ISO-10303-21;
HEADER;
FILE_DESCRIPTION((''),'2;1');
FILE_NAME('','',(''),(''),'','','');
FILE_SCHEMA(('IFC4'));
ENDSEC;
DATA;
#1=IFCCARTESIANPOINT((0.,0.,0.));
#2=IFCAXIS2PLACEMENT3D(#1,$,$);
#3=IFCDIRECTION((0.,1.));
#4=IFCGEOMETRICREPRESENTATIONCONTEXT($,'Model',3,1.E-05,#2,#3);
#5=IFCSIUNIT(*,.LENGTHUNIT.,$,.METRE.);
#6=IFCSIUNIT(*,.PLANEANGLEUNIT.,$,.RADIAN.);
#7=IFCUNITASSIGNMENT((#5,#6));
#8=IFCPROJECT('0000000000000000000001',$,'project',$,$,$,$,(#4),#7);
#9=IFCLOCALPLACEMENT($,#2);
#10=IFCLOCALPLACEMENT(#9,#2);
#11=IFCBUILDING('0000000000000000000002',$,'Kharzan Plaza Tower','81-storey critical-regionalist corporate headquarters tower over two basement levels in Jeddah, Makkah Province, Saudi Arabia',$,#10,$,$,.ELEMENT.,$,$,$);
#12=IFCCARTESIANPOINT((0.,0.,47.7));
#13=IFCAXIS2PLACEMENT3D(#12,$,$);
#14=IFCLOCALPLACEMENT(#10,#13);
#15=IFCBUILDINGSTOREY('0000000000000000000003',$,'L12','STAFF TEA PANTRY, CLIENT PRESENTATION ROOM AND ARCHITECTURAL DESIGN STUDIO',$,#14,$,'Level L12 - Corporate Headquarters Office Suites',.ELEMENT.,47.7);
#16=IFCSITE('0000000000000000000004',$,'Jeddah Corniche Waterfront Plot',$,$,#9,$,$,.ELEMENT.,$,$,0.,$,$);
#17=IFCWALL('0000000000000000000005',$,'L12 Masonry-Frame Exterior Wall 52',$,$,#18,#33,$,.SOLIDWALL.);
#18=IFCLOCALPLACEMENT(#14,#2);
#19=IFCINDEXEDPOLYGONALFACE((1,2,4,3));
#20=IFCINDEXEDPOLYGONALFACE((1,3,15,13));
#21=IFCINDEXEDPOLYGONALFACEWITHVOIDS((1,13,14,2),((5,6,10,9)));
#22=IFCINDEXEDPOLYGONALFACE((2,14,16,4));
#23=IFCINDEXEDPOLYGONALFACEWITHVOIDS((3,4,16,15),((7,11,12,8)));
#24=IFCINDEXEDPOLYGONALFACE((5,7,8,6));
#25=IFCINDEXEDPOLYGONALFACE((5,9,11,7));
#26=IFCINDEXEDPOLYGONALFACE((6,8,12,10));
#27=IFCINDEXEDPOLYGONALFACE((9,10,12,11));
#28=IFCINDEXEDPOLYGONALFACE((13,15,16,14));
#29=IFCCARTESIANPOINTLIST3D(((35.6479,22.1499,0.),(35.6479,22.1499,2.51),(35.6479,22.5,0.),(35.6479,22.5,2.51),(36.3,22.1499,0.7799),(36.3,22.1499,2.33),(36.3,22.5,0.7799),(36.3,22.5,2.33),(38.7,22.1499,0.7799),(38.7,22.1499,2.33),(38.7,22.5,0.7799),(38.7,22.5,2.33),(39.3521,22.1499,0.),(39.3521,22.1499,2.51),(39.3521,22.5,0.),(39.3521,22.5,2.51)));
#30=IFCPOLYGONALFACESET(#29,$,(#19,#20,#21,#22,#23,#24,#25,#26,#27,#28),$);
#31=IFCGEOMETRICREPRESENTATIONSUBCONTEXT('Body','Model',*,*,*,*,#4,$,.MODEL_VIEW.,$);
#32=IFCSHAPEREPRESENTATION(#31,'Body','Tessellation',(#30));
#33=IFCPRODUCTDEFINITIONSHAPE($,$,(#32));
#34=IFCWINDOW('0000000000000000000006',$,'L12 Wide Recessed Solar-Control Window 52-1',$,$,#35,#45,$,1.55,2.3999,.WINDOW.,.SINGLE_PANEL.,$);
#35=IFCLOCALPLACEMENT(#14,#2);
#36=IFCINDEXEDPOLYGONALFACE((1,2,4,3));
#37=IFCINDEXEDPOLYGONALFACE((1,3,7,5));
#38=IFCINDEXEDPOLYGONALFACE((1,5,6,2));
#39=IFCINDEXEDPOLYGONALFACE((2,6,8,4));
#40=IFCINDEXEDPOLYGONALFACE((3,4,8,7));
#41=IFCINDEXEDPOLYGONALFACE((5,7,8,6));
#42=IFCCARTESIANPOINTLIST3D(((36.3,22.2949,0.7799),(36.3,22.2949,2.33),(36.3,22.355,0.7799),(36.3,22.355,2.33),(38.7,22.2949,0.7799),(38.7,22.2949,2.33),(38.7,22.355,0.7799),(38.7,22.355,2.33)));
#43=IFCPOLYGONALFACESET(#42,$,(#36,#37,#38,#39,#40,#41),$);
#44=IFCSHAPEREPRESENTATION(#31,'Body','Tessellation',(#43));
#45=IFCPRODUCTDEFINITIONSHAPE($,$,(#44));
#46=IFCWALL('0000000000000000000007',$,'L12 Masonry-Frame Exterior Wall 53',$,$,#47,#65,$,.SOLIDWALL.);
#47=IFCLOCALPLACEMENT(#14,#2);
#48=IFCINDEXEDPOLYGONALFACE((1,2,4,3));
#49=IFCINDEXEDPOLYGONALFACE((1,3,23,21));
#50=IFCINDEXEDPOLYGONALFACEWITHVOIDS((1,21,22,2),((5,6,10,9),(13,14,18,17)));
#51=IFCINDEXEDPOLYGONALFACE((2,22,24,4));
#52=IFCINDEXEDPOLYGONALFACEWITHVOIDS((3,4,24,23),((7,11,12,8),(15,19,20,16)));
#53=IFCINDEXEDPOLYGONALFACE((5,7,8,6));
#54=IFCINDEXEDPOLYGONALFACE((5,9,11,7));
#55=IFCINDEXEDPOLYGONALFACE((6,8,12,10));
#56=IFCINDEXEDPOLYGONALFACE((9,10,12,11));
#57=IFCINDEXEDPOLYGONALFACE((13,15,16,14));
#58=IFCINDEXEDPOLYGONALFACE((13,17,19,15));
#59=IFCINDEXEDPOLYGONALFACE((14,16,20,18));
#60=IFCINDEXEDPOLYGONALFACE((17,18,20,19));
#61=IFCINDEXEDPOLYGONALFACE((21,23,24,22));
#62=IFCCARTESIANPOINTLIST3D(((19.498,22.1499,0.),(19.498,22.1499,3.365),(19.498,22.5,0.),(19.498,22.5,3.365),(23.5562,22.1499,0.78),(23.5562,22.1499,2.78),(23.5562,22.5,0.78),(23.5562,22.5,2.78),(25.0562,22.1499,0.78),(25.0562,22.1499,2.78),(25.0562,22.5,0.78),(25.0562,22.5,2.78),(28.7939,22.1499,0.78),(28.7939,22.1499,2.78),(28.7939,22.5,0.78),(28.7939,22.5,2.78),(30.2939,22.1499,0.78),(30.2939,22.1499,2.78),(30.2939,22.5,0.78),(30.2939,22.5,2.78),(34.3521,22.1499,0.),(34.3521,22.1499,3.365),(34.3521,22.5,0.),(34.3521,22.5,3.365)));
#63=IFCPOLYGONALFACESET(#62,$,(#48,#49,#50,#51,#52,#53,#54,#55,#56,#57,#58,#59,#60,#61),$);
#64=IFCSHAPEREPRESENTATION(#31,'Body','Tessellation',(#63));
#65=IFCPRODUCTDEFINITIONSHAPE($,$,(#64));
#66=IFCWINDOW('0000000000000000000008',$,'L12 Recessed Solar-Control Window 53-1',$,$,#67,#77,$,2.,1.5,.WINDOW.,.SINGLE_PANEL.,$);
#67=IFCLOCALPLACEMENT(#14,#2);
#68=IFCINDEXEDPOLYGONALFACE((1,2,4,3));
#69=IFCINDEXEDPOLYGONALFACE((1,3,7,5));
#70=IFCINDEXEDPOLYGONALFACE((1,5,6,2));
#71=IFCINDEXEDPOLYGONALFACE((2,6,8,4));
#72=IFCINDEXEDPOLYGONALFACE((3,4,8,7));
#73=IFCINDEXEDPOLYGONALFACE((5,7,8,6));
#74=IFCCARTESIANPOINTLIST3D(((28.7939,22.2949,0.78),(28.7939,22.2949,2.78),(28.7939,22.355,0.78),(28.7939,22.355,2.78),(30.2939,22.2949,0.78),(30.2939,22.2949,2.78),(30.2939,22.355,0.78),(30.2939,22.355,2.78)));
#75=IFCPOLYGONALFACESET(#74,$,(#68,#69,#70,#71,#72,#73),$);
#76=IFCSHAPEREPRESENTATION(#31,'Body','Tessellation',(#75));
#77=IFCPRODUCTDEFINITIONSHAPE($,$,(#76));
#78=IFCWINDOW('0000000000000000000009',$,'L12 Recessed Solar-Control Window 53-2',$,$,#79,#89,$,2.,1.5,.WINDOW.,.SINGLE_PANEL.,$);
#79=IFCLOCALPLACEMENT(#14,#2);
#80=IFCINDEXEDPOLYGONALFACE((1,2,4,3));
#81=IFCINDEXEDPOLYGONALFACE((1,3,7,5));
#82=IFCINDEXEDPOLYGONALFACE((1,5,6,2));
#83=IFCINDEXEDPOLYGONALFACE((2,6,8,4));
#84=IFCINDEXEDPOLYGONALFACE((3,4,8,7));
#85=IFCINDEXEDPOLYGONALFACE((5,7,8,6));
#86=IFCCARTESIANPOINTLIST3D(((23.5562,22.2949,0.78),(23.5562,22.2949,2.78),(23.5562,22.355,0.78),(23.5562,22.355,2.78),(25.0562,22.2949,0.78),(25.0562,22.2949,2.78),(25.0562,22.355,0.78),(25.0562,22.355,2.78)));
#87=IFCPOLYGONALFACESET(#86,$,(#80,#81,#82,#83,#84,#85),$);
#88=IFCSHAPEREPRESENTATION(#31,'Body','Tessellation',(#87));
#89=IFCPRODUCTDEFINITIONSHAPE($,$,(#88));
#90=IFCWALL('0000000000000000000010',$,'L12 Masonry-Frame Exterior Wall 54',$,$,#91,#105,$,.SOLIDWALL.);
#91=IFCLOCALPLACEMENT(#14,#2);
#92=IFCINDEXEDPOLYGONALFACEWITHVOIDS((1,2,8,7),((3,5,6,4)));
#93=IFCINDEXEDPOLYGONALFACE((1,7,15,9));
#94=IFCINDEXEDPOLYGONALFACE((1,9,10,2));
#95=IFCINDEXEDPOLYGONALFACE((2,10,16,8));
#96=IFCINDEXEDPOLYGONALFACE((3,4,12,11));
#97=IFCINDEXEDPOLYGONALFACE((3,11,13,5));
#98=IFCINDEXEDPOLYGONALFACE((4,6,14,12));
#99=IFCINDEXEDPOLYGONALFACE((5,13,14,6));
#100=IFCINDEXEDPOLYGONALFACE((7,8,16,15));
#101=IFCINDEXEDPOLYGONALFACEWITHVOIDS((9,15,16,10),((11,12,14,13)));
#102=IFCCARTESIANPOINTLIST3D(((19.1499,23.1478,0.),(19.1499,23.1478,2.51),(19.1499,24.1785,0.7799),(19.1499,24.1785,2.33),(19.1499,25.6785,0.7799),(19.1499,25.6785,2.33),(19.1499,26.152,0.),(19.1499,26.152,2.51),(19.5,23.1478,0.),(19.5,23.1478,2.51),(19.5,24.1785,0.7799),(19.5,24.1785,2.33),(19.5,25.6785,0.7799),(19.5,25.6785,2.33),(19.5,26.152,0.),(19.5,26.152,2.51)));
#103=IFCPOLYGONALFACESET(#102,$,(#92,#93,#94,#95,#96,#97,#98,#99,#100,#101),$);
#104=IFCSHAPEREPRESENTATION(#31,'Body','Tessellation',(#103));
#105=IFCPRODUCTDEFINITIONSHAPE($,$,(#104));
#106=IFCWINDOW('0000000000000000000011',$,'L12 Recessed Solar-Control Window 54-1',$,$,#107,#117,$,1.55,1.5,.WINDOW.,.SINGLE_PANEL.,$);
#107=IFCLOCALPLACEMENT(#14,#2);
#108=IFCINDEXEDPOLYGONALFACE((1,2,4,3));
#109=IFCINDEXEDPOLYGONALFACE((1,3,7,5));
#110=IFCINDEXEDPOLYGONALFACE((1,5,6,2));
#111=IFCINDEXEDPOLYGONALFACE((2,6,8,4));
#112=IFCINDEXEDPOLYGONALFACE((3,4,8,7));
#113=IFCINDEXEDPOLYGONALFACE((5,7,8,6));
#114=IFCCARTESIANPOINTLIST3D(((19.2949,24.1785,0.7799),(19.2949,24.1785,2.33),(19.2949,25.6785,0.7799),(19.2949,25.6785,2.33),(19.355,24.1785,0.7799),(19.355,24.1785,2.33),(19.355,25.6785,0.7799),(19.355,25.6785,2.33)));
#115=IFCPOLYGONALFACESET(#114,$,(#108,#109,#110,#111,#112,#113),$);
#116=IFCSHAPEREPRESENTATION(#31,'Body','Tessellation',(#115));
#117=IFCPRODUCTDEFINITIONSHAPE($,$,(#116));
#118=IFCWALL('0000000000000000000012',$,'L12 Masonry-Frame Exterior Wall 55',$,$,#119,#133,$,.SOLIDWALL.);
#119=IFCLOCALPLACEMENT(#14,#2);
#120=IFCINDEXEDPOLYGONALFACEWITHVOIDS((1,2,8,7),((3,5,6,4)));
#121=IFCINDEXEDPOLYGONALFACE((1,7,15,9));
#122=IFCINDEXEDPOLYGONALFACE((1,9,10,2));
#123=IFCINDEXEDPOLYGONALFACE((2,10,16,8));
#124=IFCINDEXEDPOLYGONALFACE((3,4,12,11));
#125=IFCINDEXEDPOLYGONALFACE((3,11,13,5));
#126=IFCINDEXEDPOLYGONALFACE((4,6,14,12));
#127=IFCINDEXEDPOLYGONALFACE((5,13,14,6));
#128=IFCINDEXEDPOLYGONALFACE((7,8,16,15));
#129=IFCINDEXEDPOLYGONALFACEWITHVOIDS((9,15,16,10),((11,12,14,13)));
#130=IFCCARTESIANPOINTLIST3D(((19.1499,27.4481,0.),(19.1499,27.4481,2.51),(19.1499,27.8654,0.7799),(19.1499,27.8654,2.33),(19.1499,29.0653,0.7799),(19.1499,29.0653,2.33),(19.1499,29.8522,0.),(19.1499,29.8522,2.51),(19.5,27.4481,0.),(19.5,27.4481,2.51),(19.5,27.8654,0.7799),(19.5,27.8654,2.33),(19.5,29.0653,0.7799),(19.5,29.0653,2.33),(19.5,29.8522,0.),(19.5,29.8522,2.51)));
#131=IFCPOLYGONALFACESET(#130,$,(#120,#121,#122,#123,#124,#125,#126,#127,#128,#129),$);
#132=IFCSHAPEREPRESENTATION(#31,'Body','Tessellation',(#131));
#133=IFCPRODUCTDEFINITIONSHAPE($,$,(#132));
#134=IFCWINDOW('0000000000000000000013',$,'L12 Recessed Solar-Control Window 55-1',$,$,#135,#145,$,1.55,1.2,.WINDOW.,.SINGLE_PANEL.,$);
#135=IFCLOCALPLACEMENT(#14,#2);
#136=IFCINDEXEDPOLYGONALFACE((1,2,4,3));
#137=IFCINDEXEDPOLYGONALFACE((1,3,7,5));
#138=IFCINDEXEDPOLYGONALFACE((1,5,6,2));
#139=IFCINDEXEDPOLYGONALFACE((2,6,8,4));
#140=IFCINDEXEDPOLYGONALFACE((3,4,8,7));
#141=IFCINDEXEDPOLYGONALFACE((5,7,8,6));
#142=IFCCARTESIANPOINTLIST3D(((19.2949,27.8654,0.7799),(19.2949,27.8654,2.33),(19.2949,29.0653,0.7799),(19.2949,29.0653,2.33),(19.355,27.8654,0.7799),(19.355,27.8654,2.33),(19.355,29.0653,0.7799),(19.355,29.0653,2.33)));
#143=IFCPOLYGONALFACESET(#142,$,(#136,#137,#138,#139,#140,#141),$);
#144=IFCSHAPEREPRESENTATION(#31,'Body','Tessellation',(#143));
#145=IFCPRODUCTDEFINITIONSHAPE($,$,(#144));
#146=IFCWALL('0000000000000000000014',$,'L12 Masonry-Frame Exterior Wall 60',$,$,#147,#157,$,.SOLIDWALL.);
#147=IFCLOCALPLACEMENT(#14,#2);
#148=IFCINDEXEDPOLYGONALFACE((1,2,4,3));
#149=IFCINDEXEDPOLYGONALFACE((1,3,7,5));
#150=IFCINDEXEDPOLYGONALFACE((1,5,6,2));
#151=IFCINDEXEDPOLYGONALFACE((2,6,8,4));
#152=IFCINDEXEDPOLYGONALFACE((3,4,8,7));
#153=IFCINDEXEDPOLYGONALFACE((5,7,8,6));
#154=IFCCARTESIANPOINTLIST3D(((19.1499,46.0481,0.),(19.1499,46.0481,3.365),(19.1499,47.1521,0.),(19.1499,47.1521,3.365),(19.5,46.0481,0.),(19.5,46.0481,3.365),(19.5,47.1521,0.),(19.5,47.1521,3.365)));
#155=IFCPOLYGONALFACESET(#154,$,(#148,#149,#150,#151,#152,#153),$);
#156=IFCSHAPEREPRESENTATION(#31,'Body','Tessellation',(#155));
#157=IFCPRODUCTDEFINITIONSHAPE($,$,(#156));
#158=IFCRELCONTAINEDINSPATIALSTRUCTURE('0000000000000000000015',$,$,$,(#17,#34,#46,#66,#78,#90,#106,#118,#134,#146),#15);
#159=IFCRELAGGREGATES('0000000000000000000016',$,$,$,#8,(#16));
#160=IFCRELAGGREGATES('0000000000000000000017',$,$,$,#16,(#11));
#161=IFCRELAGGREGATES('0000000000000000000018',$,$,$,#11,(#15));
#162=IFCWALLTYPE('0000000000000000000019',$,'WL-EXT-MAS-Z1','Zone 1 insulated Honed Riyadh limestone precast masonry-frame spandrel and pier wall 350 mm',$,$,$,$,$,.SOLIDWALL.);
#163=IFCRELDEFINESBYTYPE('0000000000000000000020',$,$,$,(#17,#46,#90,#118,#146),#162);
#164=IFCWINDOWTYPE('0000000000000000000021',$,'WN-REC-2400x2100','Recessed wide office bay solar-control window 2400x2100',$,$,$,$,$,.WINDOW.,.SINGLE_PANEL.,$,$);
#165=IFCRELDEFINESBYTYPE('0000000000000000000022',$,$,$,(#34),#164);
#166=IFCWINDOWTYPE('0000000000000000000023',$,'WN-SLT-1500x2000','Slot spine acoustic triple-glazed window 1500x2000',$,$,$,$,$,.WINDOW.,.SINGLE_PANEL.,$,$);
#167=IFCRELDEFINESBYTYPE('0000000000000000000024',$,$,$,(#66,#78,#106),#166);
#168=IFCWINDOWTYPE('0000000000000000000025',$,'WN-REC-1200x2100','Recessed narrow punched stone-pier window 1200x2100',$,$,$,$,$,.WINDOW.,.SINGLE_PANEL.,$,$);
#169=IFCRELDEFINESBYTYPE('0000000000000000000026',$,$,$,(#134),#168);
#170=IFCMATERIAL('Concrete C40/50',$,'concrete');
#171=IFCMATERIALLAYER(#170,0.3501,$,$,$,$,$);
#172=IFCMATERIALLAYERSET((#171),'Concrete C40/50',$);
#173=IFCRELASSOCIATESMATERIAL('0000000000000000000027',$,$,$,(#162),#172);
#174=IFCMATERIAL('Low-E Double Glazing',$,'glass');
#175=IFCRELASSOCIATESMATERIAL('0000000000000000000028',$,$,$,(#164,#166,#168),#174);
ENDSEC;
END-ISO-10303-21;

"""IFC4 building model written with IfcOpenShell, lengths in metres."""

from ifc_helpers import new_model, si_unit, direction, frame, frame_2d, origin, place, context, subcontext, project, spatial, rectangle, extrude, source, transform, mapped, material, layer, layer_set, type_object, element, fill, save


model = new_model("IFC4")

# Units and contexts
model_context = context("Model", 3, precision=1e-05, world=origin(), true_north=direction((0.0, 1.0)))
body_context = subcontext(model_context, "Body", "Model", "MODEL_VIEW")
ifc_project = project(units=[si_unit("LENGTHUNIT", "METRE"), si_unit("PLANEANGLEUNIT", "RADIAN")], contexts=[model_context])

# Site, building, storey
site_placement = place(None, origin())
site = spatial("IfcSite", under=ifc_project, at=site_placement, Name="Jeddah Corniche Waterfront Plot", CompositionType="ELEMENT", RefElevation=0.0)
building_placement = place(site_placement, origin())
building = spatial("IfcBuilding", under=site, at=building_placement, Name="Kharzan Plaza Tower", Description="81-storey critical-regionalist corporate headquarters tower over two basement levels in Jeddah, Makkah Province, Saudi Arabia", CompositionType="ELEMENT")
storey_placement = place(building_placement, frame((0.0, 0.0, 47.7)))
storey = spatial("IfcBuildingStorey", under=building, at=storey_placement, Name="L12", Description="STAFF TEA PANTRY, CLIENT PRESENTATION ROOM AND ARCHITECTURAL DESIGN STUDIO", LongName="Level L12 - Corporate Headquarters Office Suites", CompositionType="ELEMENT", Elevation=47.7)

# Wall, opening, window
ifc_material_1 = material(Name="Concrete C40/50", Category="concrete")
ifc_layer_1 = layer(ifc_material_1, 0.3501)
ifc_layer_set_1 = layer_set([ifc_layer_1], Name="Concrete C40/50")
wall_type_1 = type_object("IfcWallType", Name="WL-EXT-MAS-Z1", Description="Zone 1 insulated Honed Riyadh limestone precast masonry-frame spandrel and pier wall 350 mm", PredefinedType="SOLIDWALL", material=ifc_layer_set_1)
ifc_material_2 = material(Name="Low-E Double Glazing", Category="glass")
wall_1_placement = place(storey_placement, frame((39.3521, 22.325, 0.0), z_axis=(0.0, 0.0, 1.0), x_axis=(-1.0, 0.0, 0.0)))
wall_1 = element("IfcWall", 1, at=wall_1_placement, inside=storey, type_object=wall_type_1, Name="L12 Masonry-Frame Exterior Wall 52", PredefinedType="SOLIDWALL", context=body_context, shape_type="SweptSolid", body=[
    extrude(rectangle(XDim=3.7041, YDim=0.3501, at=frame_2d((1.8521, 0.0))), origin(), (0.0, 0.0, 1.0), 2.51),
])
opening_1_placement = place(wall_1_placement, frame((0.6521, 0.0, 0.78)))
opening_1 = element("IfcOpeningElement", 2, at=opening_1_placement, cuts=wall_1, PredefinedType="OPENING", context=body_context, shape_type="SweptSolid", body=[
    extrude(rectangle(XDim=2.3999, YDim=1.55, at=frame_2d((1.2, 0.7749))), frame((0.0, 0.1851, 0.0), z_axis=(0.0, -1.0, 0.0), x_axis=(1.0, 0.0, 0.0)), (0.0, 0.0, 1.0), 0.3701),
])
window_type_1 = type_object("IfcWindowType", Name="WN-REC-2400x2100", Description="Recessed wide office bay solar-control window 2400x2100", PartitioningType="SINGLE_PANEL", PredefinedType="WINDOW", material=ifc_material_2)
shared_shape_1 = source(origin(), body_context, "Body", "SweptSolid", [
    extrude(rectangle(XDim=2.3999, YDim=1.55, at=frame_2d((1.2, 0.7749))), frame((0.0, 0.03, 0.0), z_axis=(0.0, -1.0, 0.0), x_axis=(1.0, 0.0, 0.0)), (0.0, 0.0, 1.0), 0.0601),
])
window_1_placement = place(opening_1_placement, origin())
window_1 = element("IfcWindow", 3, at=window_1_placement, inside=storey, type_object=window_type_1, Name="L12 Wide Recessed Solar-Control Window 52-1", OverallHeight=1.55, OverallWidth=2.3999, PartitioningType="SINGLE_PANEL", PredefinedType="WINDOW", context=body_context, shape_type="MappedRepresentation", body=[
    mapped(shared_shape_1, transform((0.0, 0.0, 0.0), x_axis=(1.0, 0.0, 0.0), y_axis=(0.0, 1.0, 0.0), z_axis=(0.0, 0.0, 1.0))),
])
fill(opening_1, window_1)

# Wall, openings, windows
wall_2_placement = place(storey_placement, frame((34.3521, 22.325, 0.0), z_axis=(0.0, 0.0, 1.0), x_axis=(-1.0, 0.0, 0.0)))
wall_2 = element("IfcWall", 4, at=wall_2_placement, inside=storey, type_object=wall_type_1, Name="L12 Masonry-Frame Exterior Wall 53", PredefinedType="SOLIDWALL", context=body_context, shape_type="SweptSolid", body=[
    extrude(rectangle(XDim=14.854, YDim=0.3501, at=frame_2d((7.427, 0.0))), origin(), (0.0, 0.0, 1.0), 3.365),
])
opening_2_placement = place(wall_2_placement, frame((4.0581, 0.0, 0.78)))
opening_2 = element("IfcOpeningElement", 5, at=opening_2_placement, cuts=wall_2, PredefinedType="OPENING", context=body_context, shape_type="SweptSolid", body=[
    extrude(rectangle(XDim=1.5, YDim=2.0, at=frame_2d((0.75, 1.0))), frame((0.0, 0.1851, 0.0), z_axis=(0.0, -1.0, 0.0), x_axis=(1.0, 0.0, 0.0)), (0.0, 0.0, 1.0), 0.3701),
])
opening_3_placement = place(wall_2_placement, frame((9.2959, 0.0, 0.78)))
opening_3 = element("IfcOpeningElement", 6, at=opening_3_placement, cuts=wall_2, PredefinedType="OPENING", context=body_context, shape_type="SweptSolid", body=[
    extrude(rectangle(XDim=1.5, YDim=2.0, at=frame_2d((0.75, 1.0))), frame((0.0, 0.1851, 0.0), z_axis=(0.0, -1.0, 0.0), x_axis=(1.0, 0.0, 0.0)), (0.0, 0.0, 1.0), 0.3701),
])
window_type_2 = type_object("IfcWindowType", Name="WN-SLT-1500x2000", Description="Slot spine acoustic triple-glazed window 1500x2000", PartitioningType="SINGLE_PANEL", PredefinedType="WINDOW", material=ifc_material_2)
shared_shape_2 = source(origin(), body_context, "Body", "SweptSolid", [
    extrude(rectangle(XDim=1.5, YDim=2.0, at=frame_2d((0.75, 1.0))), frame((0.0, 0.03, 0.0), z_axis=(0.0, -1.0, 0.0), x_axis=(1.0, 0.0, 0.0)), (0.0, 0.0, 1.0), 0.0601),
])
window_2_placement = place(opening_2_placement, origin())
window_2 = element("IfcWindow", 7, at=window_2_placement, inside=storey, type_object=window_type_2, Name="L12 Recessed Solar-Control Window 53-1", OverallHeight=2.0, OverallWidth=1.5, PartitioningType="SINGLE_PANEL", PredefinedType="WINDOW", context=body_context, shape_type="MappedRepresentation", body=[
    mapped(shared_shape_2, transform((0.0, 0.0, 0.0), x_axis=(1.0, 0.0, 0.0), y_axis=(0.0, 1.0, 0.0), z_axis=(0.0, 0.0, 1.0))),
])
fill(opening_2, window_2)
window_3_placement = place(opening_3_placement, origin())
window_3 = element("IfcWindow", 8, at=window_3_placement, inside=storey, type_object=window_type_2, Name="L12 Recessed Solar-Control Window 53-2", OverallHeight=2.0, OverallWidth=1.5, PartitioningType="SINGLE_PANEL", PredefinedType="WINDOW", context=body_context, shape_type="MappedRepresentation", body=[
    mapped(shared_shape_2, transform((0.0, 0.0, 0.0), x_axis=(1.0, 0.0, 0.0), y_axis=(0.0, 1.0, 0.0), z_axis=(0.0, 0.0, 1.0))),
])
fill(opening_3, window_3)

# Walls, openings, windows
wall_3_placement = place(storey_placement, frame((19.325, 23.1479, 0.0), z_axis=(0.0, 0.0, 1.0), x_axis=(0.0, 1.0, 0.0)))
wall_3 = element("IfcWall", 9, at=wall_3_placement, inside=storey, type_object=wall_type_1, Name="L12 Masonry-Frame Exterior Wall 54", PredefinedType="SOLIDWALL", context=body_context, shape_type="SweptSolid", body=[
    extrude(rectangle(XDim=3.0042, YDim=0.3501, at=frame_2d((1.502, 0.0))), origin(), (0.0, 0.0, 1.0), 2.51),
])
opening_4_placement = place(wall_3_placement, frame((1.0305, 0.0, 0.78)))
opening_4 = element("IfcOpeningElement", 10, at=opening_4_placement, cuts=wall_3, PredefinedType="OPENING", context=body_context, shape_type="SweptSolid", body=[
    extrude(rectangle(XDim=1.5, YDim=1.55, at=frame_2d((0.75, 0.7749))), frame((0.0, 0.1851, 0.0), z_axis=(0.0, -1.0, 0.0), x_axis=(1.0, 0.0, 0.0)), (0.0, 0.0, 1.0), 0.3701),
])
shared_shape_3 = source(origin(), body_context, "Body", "SweptSolid", [
    extrude(rectangle(XDim=1.5, YDim=1.55, at=frame_2d((0.75, 0.7749))), frame((0.0, 0.03, 0.0), z_axis=(0.0, -1.0, 0.0), x_axis=(1.0, 0.0, 0.0)), (0.0, 0.0, 1.0), 0.0601),
])
window_4_placement = place(opening_4_placement, origin())
window_4 = element("IfcWindow", 11, at=window_4_placement, inside=storey, type_object=window_type_2, Name="L12 Recessed Solar-Control Window 54-1", OverallHeight=1.55, OverallWidth=1.5, PartitioningType="SINGLE_PANEL", PredefinedType="WINDOW", context=body_context, shape_type="MappedRepresentation", body=[
    mapped(shared_shape_3, transform((0.0, 0.0, 0.0), x_axis=(1.0, 0.0, 0.0), y_axis=(0.0, 1.0, 0.0), z_axis=(0.0, 0.0, 1.0))),
])
fill(opening_4, window_4)
wall_4_placement = place(storey_placement, frame((19.325, 27.448, 0.0), z_axis=(0.0, 0.0, 1.0), x_axis=(0.0, 1.0, 0.0)))
wall_4 = element("IfcWall", 12, at=wall_4_placement, inside=storey, type_object=wall_type_1, Name="L12 Masonry-Frame Exterior Wall 55", PredefinedType="SOLIDWALL", context=body_context, shape_type="SweptSolid", body=[
    extrude(rectangle(XDim=2.4041, YDim=0.3501, at=frame_2d((1.2021, 0.0))), origin(), (0.0, 0.0, 1.0), 2.51),
])
opening_5_placement = place(wall_4_placement, frame((0.4172, 0.0, 0.78)))
opening_5 = element("IfcOpeningElement", 13, at=opening_5_placement, cuts=wall_4, PredefinedType="OPENING", context=body_context, shape_type="SweptSolid", body=[
    extrude(rectangle(XDim=1.2, YDim=1.55, at=frame_2d((0.6001, 0.7749))), frame((0.0, 0.1851, 0.0), z_axis=(0.0, -1.0, 0.0), x_axis=(1.0, 0.0, 0.0)), (0.0, 0.0, 1.0), 0.3701),
])
window_type_3 = type_object("IfcWindowType", Name="WN-REC-1200x2100", Description="Recessed narrow punched stone-pier window 1200x2100", PartitioningType="SINGLE_PANEL", PredefinedType="WINDOW", material=ifc_material_2)
shared_shape_4 = source(origin(), body_context, "Body", "SweptSolid", [
    extrude(rectangle(XDim=1.2, YDim=1.55, at=frame_2d((0.6001, 0.7749))), frame((0.0, 0.03, 0.0), z_axis=(0.0, -1.0, 0.0), x_axis=(1.0, 0.0, 0.0)), (0.0, 0.0, 1.0), 0.0601),
])
window_5_placement = place(opening_5_placement, origin())
window_5 = element("IfcWindow", 14, at=window_5_placement, inside=storey, type_object=window_type_3, Name="L12 Recessed Solar-Control Window 55-1", OverallHeight=1.55, OverallWidth=1.2, PartitioningType="SINGLE_PANEL", PredefinedType="WINDOW", context=body_context, shape_type="MappedRepresentation", body=[
    mapped(shared_shape_4, transform((0.0, 0.0, 0.0), x_axis=(1.0, 0.0, 0.0), y_axis=(0.0, 1.0, 0.0), z_axis=(0.0, 0.0, 1.0))),
])
fill(opening_5, window_5)

# Wall
shared_shape_5 = source(origin(), body_context, "Body", "SweptSolid", [
    extrude(rectangle(XDim=1.104, YDim=0.3501, at=frame_2d((0.552, 0.0))), origin(), (0.0, 0.0, 1.0), 3.365),
])
wall_5_placement = place(storey_placement, frame((19.325, 46.0481, 0.0), z_axis=(0.0, 0.0, 1.0), x_axis=(0.0, 1.0, 0.0)))
element("IfcWall", 15, at=wall_5_placement, inside=storey, type_object=wall_type_1, Name="L12 Masonry-Frame Exterior Wall 60", PredefinedType="SOLIDWALL", context=body_context, shape_type="MappedRepresentation", body=[
    mapped(shared_shape_5, transform((0.0, 0.0, 0.0), x_axis=(1.0, 0.0, 0.0), y_axis=(0.0, 1.0, 0.0), z_axis=(0.0, 0.0, 1.0))),
])

save(model, "model.ifc")
